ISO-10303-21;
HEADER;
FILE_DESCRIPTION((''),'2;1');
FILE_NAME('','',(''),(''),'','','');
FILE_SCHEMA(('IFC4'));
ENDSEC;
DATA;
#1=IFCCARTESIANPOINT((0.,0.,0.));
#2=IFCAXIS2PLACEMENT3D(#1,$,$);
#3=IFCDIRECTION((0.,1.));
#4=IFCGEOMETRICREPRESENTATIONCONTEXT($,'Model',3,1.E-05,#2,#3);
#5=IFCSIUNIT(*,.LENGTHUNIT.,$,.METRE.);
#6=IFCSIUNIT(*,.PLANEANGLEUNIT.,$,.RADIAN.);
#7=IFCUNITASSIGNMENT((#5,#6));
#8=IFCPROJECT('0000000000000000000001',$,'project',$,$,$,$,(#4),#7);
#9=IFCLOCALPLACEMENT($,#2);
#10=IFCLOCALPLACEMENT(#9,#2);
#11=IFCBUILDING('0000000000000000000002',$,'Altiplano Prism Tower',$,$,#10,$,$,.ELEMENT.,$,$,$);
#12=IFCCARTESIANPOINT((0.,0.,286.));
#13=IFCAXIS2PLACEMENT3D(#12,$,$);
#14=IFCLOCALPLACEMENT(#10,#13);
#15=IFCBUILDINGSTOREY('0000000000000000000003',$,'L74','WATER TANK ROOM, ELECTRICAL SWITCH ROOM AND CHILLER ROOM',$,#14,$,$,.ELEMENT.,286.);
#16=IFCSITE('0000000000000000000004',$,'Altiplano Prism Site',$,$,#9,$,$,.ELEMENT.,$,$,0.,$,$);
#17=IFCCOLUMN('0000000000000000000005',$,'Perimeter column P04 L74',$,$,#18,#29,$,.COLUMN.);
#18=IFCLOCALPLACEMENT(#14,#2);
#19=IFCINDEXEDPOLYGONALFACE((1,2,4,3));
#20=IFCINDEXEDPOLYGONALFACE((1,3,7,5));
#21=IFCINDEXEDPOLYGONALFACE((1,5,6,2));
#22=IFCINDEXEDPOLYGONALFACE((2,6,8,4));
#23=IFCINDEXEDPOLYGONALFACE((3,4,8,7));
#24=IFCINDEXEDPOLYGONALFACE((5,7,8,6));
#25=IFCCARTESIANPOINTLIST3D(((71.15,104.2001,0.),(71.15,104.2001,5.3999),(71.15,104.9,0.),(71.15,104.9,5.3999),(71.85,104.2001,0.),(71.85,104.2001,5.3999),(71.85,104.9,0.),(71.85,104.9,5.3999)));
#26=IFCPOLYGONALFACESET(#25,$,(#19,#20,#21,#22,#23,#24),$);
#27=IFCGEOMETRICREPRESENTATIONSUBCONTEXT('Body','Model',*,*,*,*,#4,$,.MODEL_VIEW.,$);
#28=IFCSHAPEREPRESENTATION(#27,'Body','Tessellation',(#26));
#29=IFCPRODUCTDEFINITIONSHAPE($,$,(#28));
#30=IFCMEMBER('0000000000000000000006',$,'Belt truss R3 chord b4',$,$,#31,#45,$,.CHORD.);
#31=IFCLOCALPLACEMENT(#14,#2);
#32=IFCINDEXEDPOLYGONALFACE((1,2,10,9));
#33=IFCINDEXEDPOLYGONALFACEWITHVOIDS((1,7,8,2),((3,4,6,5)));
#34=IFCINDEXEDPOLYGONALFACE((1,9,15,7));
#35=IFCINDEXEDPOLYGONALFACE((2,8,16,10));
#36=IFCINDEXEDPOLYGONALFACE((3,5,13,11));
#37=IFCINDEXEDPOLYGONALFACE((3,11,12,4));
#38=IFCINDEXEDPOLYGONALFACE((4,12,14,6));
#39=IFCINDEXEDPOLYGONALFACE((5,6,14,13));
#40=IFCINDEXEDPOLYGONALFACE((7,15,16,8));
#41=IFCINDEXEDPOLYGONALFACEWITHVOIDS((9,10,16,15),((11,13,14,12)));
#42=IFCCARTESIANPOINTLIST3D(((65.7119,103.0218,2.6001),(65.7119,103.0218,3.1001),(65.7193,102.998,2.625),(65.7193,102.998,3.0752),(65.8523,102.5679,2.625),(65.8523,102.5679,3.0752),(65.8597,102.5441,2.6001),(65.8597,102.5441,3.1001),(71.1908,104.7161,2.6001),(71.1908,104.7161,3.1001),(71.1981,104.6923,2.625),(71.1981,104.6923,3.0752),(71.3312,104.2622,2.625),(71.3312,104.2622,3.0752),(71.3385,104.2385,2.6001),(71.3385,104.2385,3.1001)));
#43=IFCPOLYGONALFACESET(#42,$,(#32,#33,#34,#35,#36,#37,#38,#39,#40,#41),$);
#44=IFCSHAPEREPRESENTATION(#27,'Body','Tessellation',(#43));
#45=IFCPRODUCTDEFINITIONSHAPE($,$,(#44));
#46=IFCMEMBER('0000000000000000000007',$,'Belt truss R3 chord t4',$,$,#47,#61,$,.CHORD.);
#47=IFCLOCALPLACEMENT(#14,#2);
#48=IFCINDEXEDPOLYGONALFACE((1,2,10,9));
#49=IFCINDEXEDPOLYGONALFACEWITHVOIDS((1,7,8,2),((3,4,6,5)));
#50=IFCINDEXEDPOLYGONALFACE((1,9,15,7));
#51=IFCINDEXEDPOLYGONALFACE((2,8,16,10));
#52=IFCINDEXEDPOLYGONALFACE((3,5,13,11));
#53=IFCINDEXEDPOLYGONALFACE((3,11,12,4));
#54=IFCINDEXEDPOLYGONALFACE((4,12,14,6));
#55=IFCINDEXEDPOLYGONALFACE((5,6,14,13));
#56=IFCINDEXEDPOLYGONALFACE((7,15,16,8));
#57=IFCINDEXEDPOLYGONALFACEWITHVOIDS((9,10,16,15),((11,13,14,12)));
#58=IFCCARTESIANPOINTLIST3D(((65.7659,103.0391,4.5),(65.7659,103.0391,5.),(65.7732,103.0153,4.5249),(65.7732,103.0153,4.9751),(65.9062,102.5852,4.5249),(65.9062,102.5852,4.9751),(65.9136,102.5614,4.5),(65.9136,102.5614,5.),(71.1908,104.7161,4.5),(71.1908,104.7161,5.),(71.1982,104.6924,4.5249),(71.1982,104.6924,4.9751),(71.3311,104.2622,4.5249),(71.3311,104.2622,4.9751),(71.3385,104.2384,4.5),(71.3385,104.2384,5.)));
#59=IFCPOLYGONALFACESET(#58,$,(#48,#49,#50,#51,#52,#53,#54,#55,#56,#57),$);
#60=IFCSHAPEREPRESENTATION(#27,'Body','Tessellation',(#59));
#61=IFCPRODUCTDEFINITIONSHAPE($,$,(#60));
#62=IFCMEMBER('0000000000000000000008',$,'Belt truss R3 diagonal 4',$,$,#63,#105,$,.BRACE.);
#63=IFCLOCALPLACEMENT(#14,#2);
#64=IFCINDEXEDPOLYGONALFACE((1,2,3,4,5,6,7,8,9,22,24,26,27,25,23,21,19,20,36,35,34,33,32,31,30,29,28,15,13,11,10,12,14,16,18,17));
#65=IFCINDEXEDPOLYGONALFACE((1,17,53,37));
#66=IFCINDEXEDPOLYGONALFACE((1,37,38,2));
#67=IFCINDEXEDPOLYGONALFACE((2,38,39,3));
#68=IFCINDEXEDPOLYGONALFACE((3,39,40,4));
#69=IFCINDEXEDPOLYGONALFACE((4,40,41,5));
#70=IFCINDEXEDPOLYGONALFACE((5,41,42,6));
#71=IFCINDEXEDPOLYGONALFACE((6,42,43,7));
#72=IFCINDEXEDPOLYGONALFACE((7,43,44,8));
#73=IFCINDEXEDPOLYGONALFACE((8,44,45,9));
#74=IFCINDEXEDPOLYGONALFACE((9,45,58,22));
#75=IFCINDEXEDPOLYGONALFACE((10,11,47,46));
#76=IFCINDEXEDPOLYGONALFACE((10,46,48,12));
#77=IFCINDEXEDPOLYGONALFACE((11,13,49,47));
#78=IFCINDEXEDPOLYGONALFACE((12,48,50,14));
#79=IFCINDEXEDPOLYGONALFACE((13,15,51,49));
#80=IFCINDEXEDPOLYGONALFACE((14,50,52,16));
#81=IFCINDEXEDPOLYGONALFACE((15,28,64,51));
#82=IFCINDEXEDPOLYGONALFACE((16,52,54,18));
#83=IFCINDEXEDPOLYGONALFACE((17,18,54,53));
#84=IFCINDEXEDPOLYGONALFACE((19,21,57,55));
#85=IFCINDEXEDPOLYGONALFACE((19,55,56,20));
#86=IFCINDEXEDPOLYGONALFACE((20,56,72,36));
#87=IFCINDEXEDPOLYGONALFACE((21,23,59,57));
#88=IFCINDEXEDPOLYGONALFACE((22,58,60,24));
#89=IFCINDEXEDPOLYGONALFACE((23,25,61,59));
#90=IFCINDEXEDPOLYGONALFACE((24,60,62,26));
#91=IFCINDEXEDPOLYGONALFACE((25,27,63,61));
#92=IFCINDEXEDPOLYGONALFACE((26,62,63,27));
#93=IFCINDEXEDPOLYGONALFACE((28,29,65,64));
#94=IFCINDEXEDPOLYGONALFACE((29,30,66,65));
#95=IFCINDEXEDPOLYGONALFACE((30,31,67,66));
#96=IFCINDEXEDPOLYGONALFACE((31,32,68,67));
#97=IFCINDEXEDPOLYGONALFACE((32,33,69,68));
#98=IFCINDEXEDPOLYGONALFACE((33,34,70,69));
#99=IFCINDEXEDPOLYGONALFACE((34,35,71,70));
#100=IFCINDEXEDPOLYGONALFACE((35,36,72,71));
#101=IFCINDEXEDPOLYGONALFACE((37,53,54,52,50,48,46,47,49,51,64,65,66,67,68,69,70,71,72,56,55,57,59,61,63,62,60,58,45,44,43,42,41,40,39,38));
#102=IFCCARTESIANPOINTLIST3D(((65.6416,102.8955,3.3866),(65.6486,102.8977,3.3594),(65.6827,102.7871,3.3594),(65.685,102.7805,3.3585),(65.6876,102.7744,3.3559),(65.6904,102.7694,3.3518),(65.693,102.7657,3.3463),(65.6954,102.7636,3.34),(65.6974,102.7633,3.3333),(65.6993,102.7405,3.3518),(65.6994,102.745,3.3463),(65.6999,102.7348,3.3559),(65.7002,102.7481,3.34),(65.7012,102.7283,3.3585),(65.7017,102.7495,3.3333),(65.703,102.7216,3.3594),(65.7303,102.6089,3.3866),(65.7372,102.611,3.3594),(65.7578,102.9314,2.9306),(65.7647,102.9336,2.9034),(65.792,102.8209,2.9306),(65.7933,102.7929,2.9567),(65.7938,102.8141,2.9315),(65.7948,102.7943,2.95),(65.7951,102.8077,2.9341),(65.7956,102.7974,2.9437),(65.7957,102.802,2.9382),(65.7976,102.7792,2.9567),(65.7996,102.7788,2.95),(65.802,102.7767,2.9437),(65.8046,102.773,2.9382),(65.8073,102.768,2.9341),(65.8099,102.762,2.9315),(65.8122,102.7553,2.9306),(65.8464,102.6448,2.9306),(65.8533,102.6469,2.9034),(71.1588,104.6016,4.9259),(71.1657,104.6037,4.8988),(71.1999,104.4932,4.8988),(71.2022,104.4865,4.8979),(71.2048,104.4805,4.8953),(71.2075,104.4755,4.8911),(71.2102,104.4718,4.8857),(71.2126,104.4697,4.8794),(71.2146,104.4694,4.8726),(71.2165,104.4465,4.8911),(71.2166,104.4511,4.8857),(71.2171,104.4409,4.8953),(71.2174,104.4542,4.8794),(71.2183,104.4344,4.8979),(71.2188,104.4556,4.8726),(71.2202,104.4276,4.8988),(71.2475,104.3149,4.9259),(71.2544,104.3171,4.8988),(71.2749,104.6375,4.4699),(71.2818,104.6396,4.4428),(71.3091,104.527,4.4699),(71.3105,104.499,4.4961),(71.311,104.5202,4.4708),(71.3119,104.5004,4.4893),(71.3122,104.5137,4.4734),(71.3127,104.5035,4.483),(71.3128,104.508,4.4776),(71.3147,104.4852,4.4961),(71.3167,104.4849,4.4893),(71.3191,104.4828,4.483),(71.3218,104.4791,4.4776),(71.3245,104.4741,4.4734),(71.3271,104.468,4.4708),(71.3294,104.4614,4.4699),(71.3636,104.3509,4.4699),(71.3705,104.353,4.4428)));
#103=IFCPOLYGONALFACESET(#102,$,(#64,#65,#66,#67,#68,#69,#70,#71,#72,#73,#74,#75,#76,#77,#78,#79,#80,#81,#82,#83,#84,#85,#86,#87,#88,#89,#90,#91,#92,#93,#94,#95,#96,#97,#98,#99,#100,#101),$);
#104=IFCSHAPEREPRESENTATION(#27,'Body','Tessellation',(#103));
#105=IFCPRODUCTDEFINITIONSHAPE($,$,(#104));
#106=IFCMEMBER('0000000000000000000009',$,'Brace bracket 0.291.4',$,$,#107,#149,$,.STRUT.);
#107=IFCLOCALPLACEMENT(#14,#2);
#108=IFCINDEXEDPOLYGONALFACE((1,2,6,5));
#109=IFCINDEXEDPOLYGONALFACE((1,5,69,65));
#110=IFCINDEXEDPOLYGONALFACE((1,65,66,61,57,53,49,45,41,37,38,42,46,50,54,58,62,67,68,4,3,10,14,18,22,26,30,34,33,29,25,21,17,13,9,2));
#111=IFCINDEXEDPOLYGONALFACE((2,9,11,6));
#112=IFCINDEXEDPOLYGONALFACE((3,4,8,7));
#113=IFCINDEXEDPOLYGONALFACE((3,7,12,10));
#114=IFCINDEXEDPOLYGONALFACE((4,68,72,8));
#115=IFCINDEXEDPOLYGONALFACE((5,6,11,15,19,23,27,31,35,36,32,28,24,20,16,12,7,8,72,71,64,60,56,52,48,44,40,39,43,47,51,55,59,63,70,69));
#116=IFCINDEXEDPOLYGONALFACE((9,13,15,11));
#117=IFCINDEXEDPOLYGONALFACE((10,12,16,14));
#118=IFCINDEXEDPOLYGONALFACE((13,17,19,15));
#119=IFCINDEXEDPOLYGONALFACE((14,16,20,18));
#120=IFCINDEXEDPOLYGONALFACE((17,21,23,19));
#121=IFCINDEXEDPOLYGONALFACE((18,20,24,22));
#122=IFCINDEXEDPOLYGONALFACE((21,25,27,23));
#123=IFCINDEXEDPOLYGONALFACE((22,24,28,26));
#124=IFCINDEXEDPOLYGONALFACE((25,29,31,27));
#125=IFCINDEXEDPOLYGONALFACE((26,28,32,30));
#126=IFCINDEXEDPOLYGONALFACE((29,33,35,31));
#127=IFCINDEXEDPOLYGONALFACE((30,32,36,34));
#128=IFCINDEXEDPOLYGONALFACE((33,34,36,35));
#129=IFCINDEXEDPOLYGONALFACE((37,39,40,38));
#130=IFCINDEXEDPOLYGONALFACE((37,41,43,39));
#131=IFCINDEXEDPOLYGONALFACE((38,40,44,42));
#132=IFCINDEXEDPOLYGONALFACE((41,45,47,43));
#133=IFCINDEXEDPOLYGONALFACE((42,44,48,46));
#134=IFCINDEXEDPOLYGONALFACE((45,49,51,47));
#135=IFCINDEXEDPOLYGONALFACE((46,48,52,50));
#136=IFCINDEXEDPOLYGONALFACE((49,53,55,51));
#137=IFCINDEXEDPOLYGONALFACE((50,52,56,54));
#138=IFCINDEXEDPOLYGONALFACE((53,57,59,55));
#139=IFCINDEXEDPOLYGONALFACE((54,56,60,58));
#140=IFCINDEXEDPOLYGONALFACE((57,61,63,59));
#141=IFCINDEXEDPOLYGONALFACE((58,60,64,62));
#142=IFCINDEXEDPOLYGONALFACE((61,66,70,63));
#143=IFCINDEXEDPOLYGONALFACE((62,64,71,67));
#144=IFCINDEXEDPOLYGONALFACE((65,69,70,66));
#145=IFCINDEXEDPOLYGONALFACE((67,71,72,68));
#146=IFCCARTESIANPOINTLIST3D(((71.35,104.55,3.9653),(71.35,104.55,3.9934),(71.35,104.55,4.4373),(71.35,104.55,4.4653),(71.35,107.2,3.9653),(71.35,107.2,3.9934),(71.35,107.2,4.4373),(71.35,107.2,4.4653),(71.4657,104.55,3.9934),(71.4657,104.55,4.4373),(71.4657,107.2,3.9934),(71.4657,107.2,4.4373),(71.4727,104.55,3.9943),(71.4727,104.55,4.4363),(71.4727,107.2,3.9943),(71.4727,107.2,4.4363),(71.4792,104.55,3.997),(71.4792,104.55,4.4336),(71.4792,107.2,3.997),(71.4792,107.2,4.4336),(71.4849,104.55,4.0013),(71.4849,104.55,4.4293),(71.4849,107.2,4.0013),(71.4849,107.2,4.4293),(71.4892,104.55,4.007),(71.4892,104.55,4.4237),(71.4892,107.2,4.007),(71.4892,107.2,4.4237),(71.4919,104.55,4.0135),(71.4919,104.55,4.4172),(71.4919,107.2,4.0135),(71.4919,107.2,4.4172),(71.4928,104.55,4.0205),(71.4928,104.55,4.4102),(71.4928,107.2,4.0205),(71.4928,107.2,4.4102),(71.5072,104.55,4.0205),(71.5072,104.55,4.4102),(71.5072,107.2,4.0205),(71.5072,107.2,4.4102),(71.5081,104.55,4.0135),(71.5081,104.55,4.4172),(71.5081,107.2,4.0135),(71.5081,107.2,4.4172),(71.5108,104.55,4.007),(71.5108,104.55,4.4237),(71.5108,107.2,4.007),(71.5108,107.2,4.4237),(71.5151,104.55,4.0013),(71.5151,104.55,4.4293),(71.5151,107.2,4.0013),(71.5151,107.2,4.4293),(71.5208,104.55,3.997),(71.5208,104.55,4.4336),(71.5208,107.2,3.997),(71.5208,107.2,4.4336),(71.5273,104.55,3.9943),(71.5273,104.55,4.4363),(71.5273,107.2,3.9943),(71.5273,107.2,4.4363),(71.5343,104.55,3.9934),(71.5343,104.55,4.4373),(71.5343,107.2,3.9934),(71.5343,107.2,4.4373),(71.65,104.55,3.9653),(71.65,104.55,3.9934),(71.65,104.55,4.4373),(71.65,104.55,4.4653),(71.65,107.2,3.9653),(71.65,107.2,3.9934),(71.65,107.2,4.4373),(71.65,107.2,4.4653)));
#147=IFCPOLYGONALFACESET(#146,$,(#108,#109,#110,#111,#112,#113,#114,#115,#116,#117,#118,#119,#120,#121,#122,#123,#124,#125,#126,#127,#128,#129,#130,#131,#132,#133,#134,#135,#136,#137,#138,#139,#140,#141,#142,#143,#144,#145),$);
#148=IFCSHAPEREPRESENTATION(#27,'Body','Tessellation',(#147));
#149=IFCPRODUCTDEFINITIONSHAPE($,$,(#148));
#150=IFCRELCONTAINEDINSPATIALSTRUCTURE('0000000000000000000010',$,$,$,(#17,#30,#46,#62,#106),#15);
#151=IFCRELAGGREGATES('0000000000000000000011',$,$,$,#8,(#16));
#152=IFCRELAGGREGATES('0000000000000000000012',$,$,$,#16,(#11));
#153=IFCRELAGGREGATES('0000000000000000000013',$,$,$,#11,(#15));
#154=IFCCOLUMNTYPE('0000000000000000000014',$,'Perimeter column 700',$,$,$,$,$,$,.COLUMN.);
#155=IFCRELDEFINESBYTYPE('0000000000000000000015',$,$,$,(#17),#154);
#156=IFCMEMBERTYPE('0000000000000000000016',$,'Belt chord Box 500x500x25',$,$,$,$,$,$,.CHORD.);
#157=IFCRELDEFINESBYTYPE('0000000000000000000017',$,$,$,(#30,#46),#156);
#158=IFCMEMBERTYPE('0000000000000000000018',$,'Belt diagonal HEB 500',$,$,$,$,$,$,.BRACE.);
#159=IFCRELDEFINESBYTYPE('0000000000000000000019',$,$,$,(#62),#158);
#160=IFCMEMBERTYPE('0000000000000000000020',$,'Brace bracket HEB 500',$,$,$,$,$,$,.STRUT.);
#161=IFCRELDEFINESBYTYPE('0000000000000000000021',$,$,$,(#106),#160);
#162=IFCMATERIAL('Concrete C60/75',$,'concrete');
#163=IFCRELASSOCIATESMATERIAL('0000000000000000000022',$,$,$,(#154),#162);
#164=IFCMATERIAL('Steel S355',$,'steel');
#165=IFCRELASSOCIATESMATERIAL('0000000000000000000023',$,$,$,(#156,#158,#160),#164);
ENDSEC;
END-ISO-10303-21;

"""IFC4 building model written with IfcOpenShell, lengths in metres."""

from ifc_helpers import new_model, si_unit, direction, frame, origin, origin_2d, place, context, subcontext, project, spatial, rectangle, hollow_rectangle, i_section, extrude, material, material_profile, profile_set, type_object, element, save


model = new_model("IFC4")

# Units and contexts
model_context = context("Model", 3, precision=1e-05, world=origin(), true_north=direction((0.0, 1.0)))
body_context = subcontext(model_context, "Body", "Model", "MODEL_VIEW")
ifc_project = project(units=[si_unit("LENGTHUNIT", "METRE"), si_unit("PLANEANGLEUNIT", "RADIAN")], contexts=[model_context])

# Site, building, storey
site_placement = place(None, origin())
site = spatial("IfcSite", under=ifc_project, at=site_placement, Name="Altiplano Prism Site", CompositionType="ELEMENT", RefElevation=0.0)
building_placement = place(site_placement, origin())
building = spatial("IfcBuilding", under=site, at=building_placement, Name="Altiplano Prism Tower", CompositionType="ELEMENT")
storey_placement = place(building_placement, frame((0.0, 0.0, 286.0)))
storey = spatial("IfcBuildingStorey", under=building, at=storey_placement, Name="L74", Description="WATER TANK ROOM, ELECTRICAL SWITCH ROOM AND CHILLER ROOM", CompositionType="ELEMENT", Elevation=286.0)

# Column
ifc_material_1 = material(Name="Concrete C60/75", Category="concrete")
ifc_material_profile_1 = material_profile(ifc_material_1, rectangle(XDim=0.7, YDim=0.7, at=origin_2d()), Name="Perimeter column 700")
ifc_profile_set_1 = profile_set([ifc_material_profile_1], Name="Concrete C60/75")
column_type = type_object("IfcColumnType", Name="Perimeter column 700", PredefinedType="COLUMN", material=ifc_profile_set_1)
column_placement = place(storey_placement, frame((71.5, 104.55, 0.0), z_axis=(0.0, 0.0, 1.0), x_axis=(1.0, 0.0, 0.0)))
element("IfcColumn", 1, at=column_placement, inside=storey, type_object=column_type, Name="Perimeter column P04 L74", PredefinedType="COLUMN", context=body_context, shape_type="SweptSolid", body=[
    extrude(rectangle(XDim=0.7, YDim=0.7, at=origin_2d()), origin(), (0.0, 0.0, 1.0), 5.3999),
])

# Members
ifc_material_2 = material(Name="Steel S355", Category="steel")
ifc_material_profile_2 = material_profile(ifc_material_2, hollow_rectangle(XDim=0.5, YDim=0.5, WallThickness=0.0249, at=origin_2d()), Name="Belt chord Box 500x500x25")
ifc_profile_set_2 = profile_set([ifc_material_profile_2], Name="Steel S355")
member_type_1 = type_object("IfcMemberType", Name="Belt chord Box 500x500x25", PredefinedType="CHORD", material=ifc_profile_set_2)
member_1_placement = place(storey_placement, frame((71.2646, 104.4773, 2.8501), z_axis=(-0.955358, -0.29545, 0.0), x_axis=(0.29545, -0.955358, 0.0)))
element("IfcMember", 2, at=member_1_placement, inside=storey, type_object=member_type_1, Name="Belt truss R3 chord b4", PredefinedType="CHORD", context=body_context, shape_type="SweptSolid", body=[
    extrude(hollow_rectangle(XDim=0.5, YDim=0.5, WallThickness=0.0249, at=origin_2d()), origin(), (0.0, 0.0, 1.0), 5.7349),
])
member_2_placement = place(storey_placement, frame((71.2646, 104.4773, 4.75), z_axis=(-0.955391, -0.295346, 0.0), x_axis=(0.295346, -0.955391, 0.0)))
element("IfcMember", 3, at=member_2_placement, inside=storey, type_object=member_type_1, Name="Belt truss R3 chord t4", PredefinedType="CHORD", context=body_context, shape_type="SweptSolid", body=[
    extrude(hollow_rectangle(XDim=0.5, YDim=0.5, WallThickness=0.0249, at=origin_2d()), origin(), (0.0, 0.0, 1.0), 5.6782),
])
ifc_material_profile_3 = material_profile(ifc_material_2, i_section(OverallWidth=0.3, OverallDepth=0.5, WebThickness=0.0144, FlangeThickness=0.0281, FilletRadius=0.0271, at=origin_2d()), Name="Belt diagonal HEB 500")
ifc_profile_set_3 = profile_set([ifc_material_profile_3], Name="Steel S355")
member_type_2 = type_object("IfcMemberType", Name="Belt diagonal HEB 500", PredefinedType="BRACE", material=ifc_profile_set_3)
member_3_placement = place(storey_placement, frame((71.2646, 104.4773, 4.6843), z_axis=(-0.923133, -0.285461, -0.257561), x_axis=(0.295428, -0.955365, 0.0)))
element("IfcMember", 4, at=member_3_placement, inside=storey, type_object=member_type_2, Name="Belt truss R3 diagonal 4", PredefinedType="BRACE", context=body_context, shape_type="SweptSolid", body=[
    extrude(i_section(OverallWidth=0.3, OverallDepth=0.5, WebThickness=0.0144, FlangeThickness=0.0281, FilletRadius=0.0271, at=origin_2d()), origin(), (0.0, 0.0, 1.0), 5.9766),
])
ifc_material_profile_4 = material_profile(ifc_material_2, i_section(OverallWidth=0.3, OverallDepth=0.5, WebThickness=0.0144, FlangeThickness=0.0281, FilletRadius=0.0271, at=origin_2d()), Name="Brace bracket HEB 500")
ifc_profile_set_4 = profile_set([ifc_material_profile_4], Name="Steel S355")
member_type_3 = type_object("IfcMemberType", Name="Brace bracket HEB 500", PredefinedType="STRUT", material=ifc_profile_set_4)
member_4_placement = place(storey_placement, frame((71.5, 104.55, 4.2153), z_axis=(0.0, 1.0, 0.0), x_axis=(-1.0, 0.0, 0.0)))
element("IfcMember", 5, at=member_4_placement, inside=storey, type_object=member_type_3, Name="Brace bracket 0.291.4", PredefinedType="STRUT", context=body_context, shape_type="SweptSolid", body=[
    extrude(i_section(OverallWidth=0.3, OverallDepth=0.5, WebThickness=0.0144, FlangeThickness=0.0281, FilletRadius=0.0271, at=origin_2d()), origin(), (0.0, 0.0, 1.0), 2.6499),
])

save(model, "model.ifc")
